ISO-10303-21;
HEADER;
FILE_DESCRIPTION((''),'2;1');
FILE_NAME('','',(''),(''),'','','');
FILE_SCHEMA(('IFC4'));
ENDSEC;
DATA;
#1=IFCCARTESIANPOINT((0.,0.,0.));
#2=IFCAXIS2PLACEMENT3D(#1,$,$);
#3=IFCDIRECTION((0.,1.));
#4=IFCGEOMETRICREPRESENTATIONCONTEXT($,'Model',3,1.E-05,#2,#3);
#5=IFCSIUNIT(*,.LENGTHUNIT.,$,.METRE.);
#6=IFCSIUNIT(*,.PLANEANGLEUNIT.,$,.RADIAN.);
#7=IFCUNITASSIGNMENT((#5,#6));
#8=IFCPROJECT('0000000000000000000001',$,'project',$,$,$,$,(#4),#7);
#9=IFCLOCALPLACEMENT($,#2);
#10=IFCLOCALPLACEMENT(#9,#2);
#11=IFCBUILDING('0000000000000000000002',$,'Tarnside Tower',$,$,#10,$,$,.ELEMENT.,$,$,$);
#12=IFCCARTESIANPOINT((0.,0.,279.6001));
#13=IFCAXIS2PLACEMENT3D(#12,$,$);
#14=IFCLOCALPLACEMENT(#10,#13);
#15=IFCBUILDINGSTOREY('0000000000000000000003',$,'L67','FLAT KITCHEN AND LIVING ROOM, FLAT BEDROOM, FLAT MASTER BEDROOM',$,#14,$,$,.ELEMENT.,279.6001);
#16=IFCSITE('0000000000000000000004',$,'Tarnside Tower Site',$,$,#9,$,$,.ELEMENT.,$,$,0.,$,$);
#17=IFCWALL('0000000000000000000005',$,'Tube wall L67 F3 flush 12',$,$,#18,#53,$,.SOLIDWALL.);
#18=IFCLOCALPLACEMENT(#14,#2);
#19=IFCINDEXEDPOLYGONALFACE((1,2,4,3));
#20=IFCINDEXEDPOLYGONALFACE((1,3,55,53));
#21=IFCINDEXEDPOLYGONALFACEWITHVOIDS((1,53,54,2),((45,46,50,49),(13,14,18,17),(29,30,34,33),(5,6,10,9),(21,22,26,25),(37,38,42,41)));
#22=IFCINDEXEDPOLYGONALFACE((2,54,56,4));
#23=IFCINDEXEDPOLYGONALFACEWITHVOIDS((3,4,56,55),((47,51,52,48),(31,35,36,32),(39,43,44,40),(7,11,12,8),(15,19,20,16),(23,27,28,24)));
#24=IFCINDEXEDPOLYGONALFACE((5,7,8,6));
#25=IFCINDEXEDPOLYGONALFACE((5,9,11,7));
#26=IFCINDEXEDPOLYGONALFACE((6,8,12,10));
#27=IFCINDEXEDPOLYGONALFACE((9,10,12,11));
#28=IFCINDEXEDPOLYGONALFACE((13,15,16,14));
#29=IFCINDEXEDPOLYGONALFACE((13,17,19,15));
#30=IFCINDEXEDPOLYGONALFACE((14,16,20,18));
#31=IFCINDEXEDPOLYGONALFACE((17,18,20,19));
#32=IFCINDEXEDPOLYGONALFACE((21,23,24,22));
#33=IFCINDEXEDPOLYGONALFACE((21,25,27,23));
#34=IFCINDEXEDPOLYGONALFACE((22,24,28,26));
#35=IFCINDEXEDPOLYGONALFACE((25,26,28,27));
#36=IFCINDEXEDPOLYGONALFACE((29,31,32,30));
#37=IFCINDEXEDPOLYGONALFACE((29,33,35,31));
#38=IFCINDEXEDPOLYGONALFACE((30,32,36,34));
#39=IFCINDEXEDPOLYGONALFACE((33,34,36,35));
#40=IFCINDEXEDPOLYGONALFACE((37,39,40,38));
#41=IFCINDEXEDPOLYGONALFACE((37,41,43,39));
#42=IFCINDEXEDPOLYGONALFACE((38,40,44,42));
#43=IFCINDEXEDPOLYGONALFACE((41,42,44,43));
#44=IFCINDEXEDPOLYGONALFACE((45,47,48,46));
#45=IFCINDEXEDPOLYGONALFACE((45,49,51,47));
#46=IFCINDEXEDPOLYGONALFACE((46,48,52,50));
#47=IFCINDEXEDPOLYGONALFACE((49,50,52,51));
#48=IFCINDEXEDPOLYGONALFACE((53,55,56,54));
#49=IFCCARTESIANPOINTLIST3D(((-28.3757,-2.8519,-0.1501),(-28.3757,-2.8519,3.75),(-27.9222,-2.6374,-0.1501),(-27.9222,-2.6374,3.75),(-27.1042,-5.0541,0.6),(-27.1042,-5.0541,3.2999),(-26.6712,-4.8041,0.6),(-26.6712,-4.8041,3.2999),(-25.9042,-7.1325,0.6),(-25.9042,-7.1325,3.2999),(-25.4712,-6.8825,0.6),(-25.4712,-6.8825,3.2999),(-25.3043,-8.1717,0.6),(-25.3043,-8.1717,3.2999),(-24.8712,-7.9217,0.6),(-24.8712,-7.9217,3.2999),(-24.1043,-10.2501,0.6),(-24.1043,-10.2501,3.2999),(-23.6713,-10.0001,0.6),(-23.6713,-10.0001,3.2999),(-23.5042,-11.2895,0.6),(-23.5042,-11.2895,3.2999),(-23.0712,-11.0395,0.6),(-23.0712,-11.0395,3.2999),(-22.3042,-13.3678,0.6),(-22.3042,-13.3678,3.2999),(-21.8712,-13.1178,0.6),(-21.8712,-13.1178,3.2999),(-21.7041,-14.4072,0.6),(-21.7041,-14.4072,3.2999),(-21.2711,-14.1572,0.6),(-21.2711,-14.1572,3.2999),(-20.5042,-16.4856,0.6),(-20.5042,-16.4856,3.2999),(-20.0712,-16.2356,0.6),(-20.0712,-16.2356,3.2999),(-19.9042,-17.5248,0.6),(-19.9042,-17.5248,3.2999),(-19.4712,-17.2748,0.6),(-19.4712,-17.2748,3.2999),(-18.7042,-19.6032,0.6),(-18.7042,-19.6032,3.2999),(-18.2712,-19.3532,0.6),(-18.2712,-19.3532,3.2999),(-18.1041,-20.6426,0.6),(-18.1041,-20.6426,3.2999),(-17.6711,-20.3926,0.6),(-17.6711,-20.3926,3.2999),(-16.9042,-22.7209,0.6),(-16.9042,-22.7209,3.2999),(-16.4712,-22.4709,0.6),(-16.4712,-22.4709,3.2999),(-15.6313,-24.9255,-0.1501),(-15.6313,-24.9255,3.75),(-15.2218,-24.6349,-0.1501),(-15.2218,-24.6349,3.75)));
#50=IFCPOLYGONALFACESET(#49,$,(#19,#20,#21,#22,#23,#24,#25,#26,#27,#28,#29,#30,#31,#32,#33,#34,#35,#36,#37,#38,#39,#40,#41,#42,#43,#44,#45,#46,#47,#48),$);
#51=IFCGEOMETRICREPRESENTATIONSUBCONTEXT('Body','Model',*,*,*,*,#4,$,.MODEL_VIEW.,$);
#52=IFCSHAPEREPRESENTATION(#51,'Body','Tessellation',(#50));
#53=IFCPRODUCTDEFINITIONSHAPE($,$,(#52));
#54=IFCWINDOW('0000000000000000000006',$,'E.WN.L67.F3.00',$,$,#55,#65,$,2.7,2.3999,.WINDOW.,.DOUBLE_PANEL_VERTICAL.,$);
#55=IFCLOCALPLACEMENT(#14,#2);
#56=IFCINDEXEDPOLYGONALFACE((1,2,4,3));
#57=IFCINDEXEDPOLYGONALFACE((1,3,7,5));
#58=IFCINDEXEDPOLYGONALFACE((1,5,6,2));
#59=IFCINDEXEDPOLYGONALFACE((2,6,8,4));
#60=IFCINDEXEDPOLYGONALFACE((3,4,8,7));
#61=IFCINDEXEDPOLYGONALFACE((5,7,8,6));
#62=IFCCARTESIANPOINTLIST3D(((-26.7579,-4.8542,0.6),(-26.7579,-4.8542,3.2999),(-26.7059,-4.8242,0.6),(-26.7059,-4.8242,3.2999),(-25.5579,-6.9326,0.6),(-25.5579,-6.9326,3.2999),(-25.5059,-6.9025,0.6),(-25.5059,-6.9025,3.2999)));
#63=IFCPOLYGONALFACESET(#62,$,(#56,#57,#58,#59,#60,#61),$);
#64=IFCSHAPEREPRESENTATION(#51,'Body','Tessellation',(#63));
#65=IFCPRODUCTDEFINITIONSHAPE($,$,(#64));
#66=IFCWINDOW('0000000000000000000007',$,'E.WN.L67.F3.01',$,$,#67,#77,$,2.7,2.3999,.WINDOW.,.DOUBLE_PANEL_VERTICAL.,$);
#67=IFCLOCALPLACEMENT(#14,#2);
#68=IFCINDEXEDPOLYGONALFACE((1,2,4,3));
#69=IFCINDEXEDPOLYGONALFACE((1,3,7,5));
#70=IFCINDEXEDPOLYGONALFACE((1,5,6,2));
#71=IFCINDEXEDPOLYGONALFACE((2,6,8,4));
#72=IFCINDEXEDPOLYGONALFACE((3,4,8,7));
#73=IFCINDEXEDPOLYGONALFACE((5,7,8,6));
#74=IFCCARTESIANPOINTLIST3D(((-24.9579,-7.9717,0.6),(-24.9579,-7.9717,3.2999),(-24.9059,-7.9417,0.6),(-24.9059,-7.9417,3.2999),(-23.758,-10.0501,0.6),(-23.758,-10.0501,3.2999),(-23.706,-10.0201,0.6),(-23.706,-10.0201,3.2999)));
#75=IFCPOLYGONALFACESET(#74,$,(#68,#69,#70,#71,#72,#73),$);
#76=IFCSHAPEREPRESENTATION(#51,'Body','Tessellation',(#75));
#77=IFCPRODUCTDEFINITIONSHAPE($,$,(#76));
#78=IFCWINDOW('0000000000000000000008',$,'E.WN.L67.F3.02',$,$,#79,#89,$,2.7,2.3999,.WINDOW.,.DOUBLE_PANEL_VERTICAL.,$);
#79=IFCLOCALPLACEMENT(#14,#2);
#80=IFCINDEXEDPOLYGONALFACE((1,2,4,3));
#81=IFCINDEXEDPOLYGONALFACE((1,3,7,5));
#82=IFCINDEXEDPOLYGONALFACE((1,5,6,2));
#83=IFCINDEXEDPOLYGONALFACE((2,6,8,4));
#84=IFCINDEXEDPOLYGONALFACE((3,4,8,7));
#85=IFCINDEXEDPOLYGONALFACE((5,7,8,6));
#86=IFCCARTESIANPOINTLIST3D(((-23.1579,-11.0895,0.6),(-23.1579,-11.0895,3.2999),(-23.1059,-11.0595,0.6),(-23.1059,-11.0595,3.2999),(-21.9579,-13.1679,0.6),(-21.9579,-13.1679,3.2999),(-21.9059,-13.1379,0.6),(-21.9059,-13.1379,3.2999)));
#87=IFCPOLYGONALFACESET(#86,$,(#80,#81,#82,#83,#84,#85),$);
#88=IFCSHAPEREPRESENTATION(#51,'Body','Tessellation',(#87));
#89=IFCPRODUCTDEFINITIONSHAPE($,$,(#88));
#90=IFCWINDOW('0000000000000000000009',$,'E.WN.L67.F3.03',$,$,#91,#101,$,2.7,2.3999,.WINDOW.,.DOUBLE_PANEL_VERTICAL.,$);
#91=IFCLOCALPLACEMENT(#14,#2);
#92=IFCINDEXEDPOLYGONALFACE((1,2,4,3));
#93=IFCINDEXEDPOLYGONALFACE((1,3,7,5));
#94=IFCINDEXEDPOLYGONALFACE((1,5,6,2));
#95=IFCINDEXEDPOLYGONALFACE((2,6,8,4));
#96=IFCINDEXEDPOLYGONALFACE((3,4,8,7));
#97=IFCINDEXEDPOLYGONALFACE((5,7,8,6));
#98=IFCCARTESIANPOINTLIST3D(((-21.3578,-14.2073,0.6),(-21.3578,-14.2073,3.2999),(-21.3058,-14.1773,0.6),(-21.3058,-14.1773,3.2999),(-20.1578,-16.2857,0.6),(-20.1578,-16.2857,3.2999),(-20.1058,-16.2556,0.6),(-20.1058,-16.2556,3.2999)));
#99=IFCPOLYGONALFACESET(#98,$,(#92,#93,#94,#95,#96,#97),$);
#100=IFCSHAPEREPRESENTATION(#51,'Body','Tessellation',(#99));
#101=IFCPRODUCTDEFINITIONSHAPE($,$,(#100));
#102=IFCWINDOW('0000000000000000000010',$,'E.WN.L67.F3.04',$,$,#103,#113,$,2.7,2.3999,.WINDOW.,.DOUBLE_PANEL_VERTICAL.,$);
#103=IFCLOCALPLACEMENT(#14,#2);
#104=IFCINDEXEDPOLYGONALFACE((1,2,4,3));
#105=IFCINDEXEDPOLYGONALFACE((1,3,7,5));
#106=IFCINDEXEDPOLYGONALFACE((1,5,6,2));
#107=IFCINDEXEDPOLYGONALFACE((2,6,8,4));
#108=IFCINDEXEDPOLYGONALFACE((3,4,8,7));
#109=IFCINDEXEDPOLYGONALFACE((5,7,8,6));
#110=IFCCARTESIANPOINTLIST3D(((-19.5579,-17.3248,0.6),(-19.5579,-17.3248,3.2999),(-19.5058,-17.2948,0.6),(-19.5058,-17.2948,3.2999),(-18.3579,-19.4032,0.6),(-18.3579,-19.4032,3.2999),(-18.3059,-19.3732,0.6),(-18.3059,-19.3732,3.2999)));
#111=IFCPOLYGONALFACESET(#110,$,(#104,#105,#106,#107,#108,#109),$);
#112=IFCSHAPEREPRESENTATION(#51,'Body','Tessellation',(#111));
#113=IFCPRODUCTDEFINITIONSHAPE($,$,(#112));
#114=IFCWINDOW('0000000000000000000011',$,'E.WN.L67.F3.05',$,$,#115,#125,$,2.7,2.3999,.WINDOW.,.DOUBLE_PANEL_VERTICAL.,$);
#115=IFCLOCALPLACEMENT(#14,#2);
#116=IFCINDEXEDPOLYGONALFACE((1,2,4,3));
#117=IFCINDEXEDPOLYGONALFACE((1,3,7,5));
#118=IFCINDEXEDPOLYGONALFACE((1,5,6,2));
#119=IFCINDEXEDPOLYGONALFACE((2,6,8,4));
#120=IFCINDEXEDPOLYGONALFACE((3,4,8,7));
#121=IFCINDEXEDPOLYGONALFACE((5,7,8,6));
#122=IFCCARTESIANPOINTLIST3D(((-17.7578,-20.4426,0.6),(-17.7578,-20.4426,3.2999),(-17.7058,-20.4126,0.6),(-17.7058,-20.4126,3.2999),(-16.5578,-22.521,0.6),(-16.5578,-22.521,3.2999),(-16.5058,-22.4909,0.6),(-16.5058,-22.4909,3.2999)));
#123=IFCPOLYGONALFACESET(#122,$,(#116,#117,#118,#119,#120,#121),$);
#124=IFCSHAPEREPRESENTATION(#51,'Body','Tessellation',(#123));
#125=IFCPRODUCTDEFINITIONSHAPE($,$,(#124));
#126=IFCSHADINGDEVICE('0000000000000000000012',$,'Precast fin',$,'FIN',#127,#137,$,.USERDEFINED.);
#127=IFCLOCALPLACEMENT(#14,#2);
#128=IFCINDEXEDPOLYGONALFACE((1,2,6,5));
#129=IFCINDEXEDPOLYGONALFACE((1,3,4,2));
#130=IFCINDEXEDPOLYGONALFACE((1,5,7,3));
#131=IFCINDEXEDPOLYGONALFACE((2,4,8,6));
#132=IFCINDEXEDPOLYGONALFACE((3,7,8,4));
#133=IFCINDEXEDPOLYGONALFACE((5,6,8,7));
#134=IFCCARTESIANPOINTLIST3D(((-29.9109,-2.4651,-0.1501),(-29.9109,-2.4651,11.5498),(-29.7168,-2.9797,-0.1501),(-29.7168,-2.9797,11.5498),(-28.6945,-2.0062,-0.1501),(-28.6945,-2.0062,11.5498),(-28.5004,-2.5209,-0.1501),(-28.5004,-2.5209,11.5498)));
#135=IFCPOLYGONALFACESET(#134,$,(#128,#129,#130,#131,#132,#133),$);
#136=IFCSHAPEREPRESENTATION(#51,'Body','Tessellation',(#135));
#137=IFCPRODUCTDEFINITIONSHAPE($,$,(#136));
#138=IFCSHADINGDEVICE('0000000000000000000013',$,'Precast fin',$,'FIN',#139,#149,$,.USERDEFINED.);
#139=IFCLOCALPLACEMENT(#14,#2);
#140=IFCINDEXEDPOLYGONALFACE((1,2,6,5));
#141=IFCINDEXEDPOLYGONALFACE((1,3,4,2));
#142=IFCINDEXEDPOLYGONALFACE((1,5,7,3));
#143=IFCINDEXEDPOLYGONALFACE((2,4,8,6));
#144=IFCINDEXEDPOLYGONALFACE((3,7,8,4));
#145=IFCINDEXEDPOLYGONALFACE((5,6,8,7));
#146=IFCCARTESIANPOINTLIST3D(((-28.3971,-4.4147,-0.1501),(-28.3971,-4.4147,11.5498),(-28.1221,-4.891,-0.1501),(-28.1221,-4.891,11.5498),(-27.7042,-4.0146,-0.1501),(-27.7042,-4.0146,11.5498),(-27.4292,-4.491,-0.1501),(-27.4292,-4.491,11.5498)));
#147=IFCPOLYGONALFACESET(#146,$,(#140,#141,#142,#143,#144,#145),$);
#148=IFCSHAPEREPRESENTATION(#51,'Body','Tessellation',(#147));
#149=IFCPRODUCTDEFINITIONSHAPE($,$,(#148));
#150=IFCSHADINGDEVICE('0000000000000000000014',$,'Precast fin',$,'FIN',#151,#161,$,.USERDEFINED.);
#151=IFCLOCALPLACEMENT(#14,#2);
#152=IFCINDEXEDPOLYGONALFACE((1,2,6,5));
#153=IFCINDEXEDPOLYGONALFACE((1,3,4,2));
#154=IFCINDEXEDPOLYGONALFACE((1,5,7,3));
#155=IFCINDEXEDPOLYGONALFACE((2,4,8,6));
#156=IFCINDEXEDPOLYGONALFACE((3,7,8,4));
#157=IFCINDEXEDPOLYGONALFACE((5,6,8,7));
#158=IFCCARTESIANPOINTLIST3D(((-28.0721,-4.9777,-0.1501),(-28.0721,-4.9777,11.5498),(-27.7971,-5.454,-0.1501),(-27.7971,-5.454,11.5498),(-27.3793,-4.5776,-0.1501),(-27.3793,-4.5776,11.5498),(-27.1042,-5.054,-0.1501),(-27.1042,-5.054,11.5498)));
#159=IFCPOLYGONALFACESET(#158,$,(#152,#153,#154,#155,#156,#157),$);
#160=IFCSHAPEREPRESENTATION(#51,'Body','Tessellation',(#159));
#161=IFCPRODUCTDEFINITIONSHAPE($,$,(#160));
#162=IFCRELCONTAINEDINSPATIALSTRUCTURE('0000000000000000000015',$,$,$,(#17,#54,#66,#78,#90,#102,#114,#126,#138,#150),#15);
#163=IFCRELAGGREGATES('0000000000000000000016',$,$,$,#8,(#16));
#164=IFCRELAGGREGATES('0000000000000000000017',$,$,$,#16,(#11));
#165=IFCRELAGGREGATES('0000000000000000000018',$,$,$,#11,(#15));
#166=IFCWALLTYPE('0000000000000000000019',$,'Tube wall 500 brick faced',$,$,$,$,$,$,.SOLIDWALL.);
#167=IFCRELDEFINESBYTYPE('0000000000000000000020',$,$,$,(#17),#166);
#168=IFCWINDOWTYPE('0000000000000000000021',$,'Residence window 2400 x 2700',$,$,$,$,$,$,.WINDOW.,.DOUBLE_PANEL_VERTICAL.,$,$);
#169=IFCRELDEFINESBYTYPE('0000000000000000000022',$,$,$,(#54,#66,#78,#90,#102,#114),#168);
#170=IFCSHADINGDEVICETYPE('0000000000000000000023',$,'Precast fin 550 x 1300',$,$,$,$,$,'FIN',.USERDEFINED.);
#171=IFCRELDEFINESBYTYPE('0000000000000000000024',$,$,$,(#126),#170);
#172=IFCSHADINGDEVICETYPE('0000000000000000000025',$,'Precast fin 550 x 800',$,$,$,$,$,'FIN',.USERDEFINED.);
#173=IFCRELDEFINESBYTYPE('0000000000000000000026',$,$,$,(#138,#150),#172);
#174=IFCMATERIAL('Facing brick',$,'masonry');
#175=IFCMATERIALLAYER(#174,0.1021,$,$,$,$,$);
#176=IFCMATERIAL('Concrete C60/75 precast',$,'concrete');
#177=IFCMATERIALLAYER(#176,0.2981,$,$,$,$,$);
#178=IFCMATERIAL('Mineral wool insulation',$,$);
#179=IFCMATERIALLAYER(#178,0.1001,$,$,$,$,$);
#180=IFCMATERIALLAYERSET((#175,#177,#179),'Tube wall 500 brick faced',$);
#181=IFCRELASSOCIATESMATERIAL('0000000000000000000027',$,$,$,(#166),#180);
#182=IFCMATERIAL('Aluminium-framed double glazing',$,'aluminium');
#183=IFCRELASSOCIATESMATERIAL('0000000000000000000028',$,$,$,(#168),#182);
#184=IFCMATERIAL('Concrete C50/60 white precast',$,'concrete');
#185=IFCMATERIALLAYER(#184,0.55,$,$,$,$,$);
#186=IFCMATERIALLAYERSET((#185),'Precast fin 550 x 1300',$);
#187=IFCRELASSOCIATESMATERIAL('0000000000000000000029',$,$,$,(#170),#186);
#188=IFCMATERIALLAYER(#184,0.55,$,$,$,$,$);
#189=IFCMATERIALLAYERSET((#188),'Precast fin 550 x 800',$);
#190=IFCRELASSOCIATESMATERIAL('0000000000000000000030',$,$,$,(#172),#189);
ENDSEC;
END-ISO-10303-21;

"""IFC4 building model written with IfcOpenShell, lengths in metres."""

from ifc_helpers import new_model, si_unit, direction, frame, frame_2d, origin, place, context, subcontext, project, spatial, polyline, rectangle, outline, extrude, material, layer, layer_set, type_object, element, fill, save


model = new_model("IFC4")

# Units and contexts
model_context = context("Model", 3, precision=1e-05, world=origin(), true_north=direction((0.0, 1.0)))
body_context = subcontext(model_context, "Body", "Model", "MODEL_VIEW")
ifc_project = project(units=[si_unit("LENGTHUNIT", "METRE"), si_unit("PLANEANGLEUNIT", "RADIAN")], contexts=[model_context])

# Site, building, storey
site_placement = place(None, origin())
site = spatial("IfcSite", under=ifc_project, at=site_placement, Name="Tarnside Tower Site", CompositionType="ELEMENT", RefElevation=0.0)
building_placement = place(site_placement, origin())
building = spatial("IfcBuilding", under=site, at=building_placement, Name="Tarnside Tower", CompositionType="ELEMENT")
storey_placement = place(building_placement, frame((0.0, 0.0, 279.6001)))
storey = spatial("IfcBuildingStorey", under=building, at=storey_placement, Name="L67", Description="FLAT KITCHEN AND LIVING ROOM, FLAT BEDROOM, FLAT MASTER BEDROOM", CompositionType="ELEMENT", Elevation=279.6001)

# Shared definitions
ifc_material_1 = material(Name="Facing brick", Category="masonry")
ifc_layer_1 = layer(ifc_material_1, 0.1021)
ifc_material_2 = material(Name="Concrete C60/75 precast", Category="concrete")
ifc_layer_2 = layer(ifc_material_2, 0.2981)
ifc_material_3 = material(Name="Mineral wool insulation")
ifc_layer_3 = layer(ifc_material_3, 0.1001)
ifc_layer_set_1 = layer_set([ifc_layer_1, ifc_layer_2, ifc_layer_3], Name="Tube wall 500 brick faced")
wall_type_1 = type_object("IfcWallType", Name="Tube wall 500 brick faced", PredefinedType="SOLIDWALL", material=ifc_layer_set_1)

# Wall, openings, windows
wall_1_placement = place(storey_placement, frame((-28.1489, -2.7446, -0.1501), z_axis=(0.0, 0.0, 1.0), x_axis=(0.500004, -0.866023, 0.0)))
wall_1 = element("IfcWall", 1, at=wall_1_placement, inside=storey, type_object=wall_type_1, Name="Tube wall L67 F3 flush 12", PredefinedType="SOLIDWALL", context=body_context, shape_type="SweptSolid", body=[
    extrude(outline(polyline([(-0.0205, -0.25), (25.468, -0.25), (25.4211, 0.25), (0.0205, 0.25), (-0.0205, -0.25)])), origin(), (0.0, 0.0, 1.0), 3.9001),
])
opening_1_placement = place(wall_1_placement, frame((2.5225, 0.0, 0.75)))
opening_1 = element("IfcOpeningElement", 2, at=opening_1_placement, cuts=wall_1, PredefinedType="OPENING", context=body_context, shape_type="SweptSolid", body=[
    extrude(rectangle(XDim=2.3999, YDim=2.7, at=frame_2d((1.2, 1.3501))), frame((0.0, 0.26, 0.0), z_axis=(0.0, -1.0, 0.0), x_axis=(1.0, 0.0, 0.0)), (0.0, 0.0, 1.0), 0.52),
])
opening_2_placement = place(wall_1_placement, frame((6.1223, 0.0, 0.75)))
opening_2 = element("IfcOpeningElement", 3, at=opening_2_placement, cuts=wall_1, PredefinedType="OPENING", context=body_context, shape_type="SweptSolid", body=[
    extrude(rectangle(XDim=2.3999, YDim=2.7, at=frame_2d((1.2, 1.3501))), frame((0.0, 0.26, 0.0), z_axis=(0.0, -1.0, 0.0), x_axis=(1.0, 0.0, 0.0)), (0.0, 0.0, 1.0), 0.52),
])
opening_3_placement = place(wall_1_placement, frame((9.7224, 0.0, 0.75)))
opening_3 = element("IfcOpeningElement", 4, at=opening_3_placement, cuts=wall_1, PredefinedType="OPENING", context=body_context, shape_type="SweptSolid", body=[
    extrude(rectangle(XDim=2.3999, YDim=2.7, at=frame_2d((1.2, 1.3501))), frame((0.0, 0.26, 0.0), z_axis=(0.0, -1.0, 0.0), x_axis=(1.0, 0.0, 0.0)), (0.0, 0.0, 1.0), 0.52),
])
opening_4_placement = place(wall_1_placement, frame((13.3225, 0.0, 0.75)))
opening_4 = element("IfcOpeningElement", 5, at=opening_4_placement, cuts=wall_1, PredefinedType="OPENING", context=body_context, shape_type="SweptSolid", body=[
    extrude(rectangle(XDim=2.3999, YDim=2.7, at=frame_2d((1.2, 1.3501))), frame((0.0, 0.26, 0.0), z_axis=(0.0, -1.0, 0.0), x_axis=(1.0, 0.0, 0.0)), (0.0, 0.0, 1.0), 0.52),
])
opening_5_placement = place(wall_1_placement, frame((16.9224, 0.0, 0.75)))
opening_5 = element("IfcOpeningElement", 6, at=opening_5_placement, cuts=wall_1, PredefinedType="OPENING", context=body_context, shape_type="SweptSolid", body=[
    extrude(rectangle(XDim=2.3999, YDim=2.7, at=frame_2d((1.2, 1.3501))), frame((0.0, 0.26, 0.0), z_axis=(0.0, -1.0, 0.0), x_axis=(1.0, 0.0, 0.0)), (0.0, 0.0, 1.0), 0.52),
])
opening_6_placement = place(wall_1_placement, frame((20.5225, 0.0, 0.75)))
opening_6 = element("IfcOpeningElement", 7, at=opening_6_placement, cuts=wall_1, PredefinedType="OPENING", context=body_context, shape_type="SweptSolid", body=[
    extrude(rectangle(XDim=2.3999, YDim=2.7, at=frame_2d((1.2, 1.3501))), frame((0.0, 0.26, 0.0), z_axis=(0.0, -1.0, 0.0), x_axis=(1.0, 0.0, 0.0)), (0.0, 0.0, 1.0), 0.52),
])
ifc_material_4 = material(Name="Aluminium-framed double glazing", Category="aluminium")
window_type = type_object("IfcWindowType", Name="Residence window 2400 x 2700", PartitioningType="DOUBLE_PANEL_VERTICAL", PredefinedType="WINDOW", material=ifc_material_4)
window_1_placement = place(opening_1_placement, frame((0.0, 0.1799, 0.0)))
window_1 = element("IfcWindow", 8, at=window_1_placement, inside=storey, type_object=window_type, Name="E.WN.L67.F3.00", OverallHeight=2.7, OverallWidth=2.3999, PartitioningType="DOUBLE_PANEL_VERTICAL", PredefinedType="WINDOW", context=body_context, shape_type="SweptSolid", body=[
    extrude(rectangle(XDim=2.3999, YDim=2.7, at=frame_2d((1.2, 1.3501))), frame((0.0, 0.03, 0.0), z_axis=(0.0, -1.0, 0.0), x_axis=(1.0, 0.0, 0.0)), (0.0, 0.0, 1.0), 0.0601),
])
fill(opening_1, window_1)
window_2_placement = place(opening_2_placement, frame((0.0, 0.1799, 0.0)))
window_2 = element("IfcWindow", 9, at=window_2_placement, inside=storey, type_object=window_type, Name="E.WN.L67.F3.01", OverallHeight=2.7, OverallWidth=2.3999, PartitioningType="DOUBLE_PANEL_VERTICAL", PredefinedType="WINDOW", context=body_context, shape_type="SweptSolid", body=[
    extrude(rectangle(XDim=2.3999, YDim=2.7, at=frame_2d((1.2, 1.3501))), frame((0.0, 0.03, 0.0), z_axis=(0.0, -1.0, 0.0), x_axis=(1.0, 0.0, 0.0)), (0.0, 0.0, 1.0), 0.0601),
])
fill(opening_2, window_2)
window_3_placement = place(opening_3_placement, frame((0.0, 0.1799, 0.0)))
window_3 = element("IfcWindow", 10, at=window_3_placement, inside=storey, type_object=window_type, Name="E.WN.L67.F3.02", OverallHeight=2.7, OverallWidth=2.3999, PartitioningType="DOUBLE_PANEL_VERTICAL", PredefinedType="WINDOW", context=body_context, shape_type="SweptSolid", body=[
    extrude(rectangle(XDim=2.3999, YDim=2.7, at=frame_2d((1.2, 1.3501))), frame((0.0, 0.03, 0.0), z_axis=(0.0, -1.0, 0.0), x_axis=(1.0, 0.0, 0.0)), (0.0, 0.0, 1.0), 0.0601),
])
fill(opening_3, window_3)
window_4_placement = place(opening_4_placement, frame((0.0, 0.1799, 0.0)))
window_4 = element("IfcWindow", 11, at=window_4_placement, inside=storey, type_object=window_type, Name="E.WN.L67.F3.03", OverallHeight=2.7, OverallWidth=2.3999, PartitioningType="DOUBLE_PANEL_VERTICAL", PredefinedType="WINDOW", context=body_context, shape_type="SweptSolid", body=[
    extrude(rectangle(XDim=2.3999, YDim=2.7, at=frame_2d((1.2, 1.3501))), frame((0.0, 0.03, 0.0), z_axis=(0.0, -1.0, 0.0), x_axis=(1.0, 0.0, 0.0)), (0.0, 0.0, 1.0), 0.0601),
])
fill(opening_4, window_4)
window_5_placement = place(opening_5_placement, frame((0.0, 0.1799, 0.0)))
window_5 = element("IfcWindow", 12, at=window_5_placement, inside=storey, type_object=window_type, Name="E.WN.L67.F3.04", OverallHeight=2.7, OverallWidth=2.3999, PartitioningType="DOUBLE_PANEL_VERTICAL", PredefinedType="WINDOW", context=body_context, shape_type="SweptSolid", body=[
    extrude(rectangle(XDim=2.3999, YDim=2.7, at=frame_2d((1.2, 1.3501))), frame((0.0, 0.03, 0.0), z_axis=(0.0, -1.0, 0.0), x_axis=(1.0, 0.0, 0.0)), (0.0, 0.0, 1.0), 0.0601),
])
fill(opening_5, window_5)
window_6_placement = place(opening_6_placement, frame((0.0, 0.1799, 0.0)))
window_6 = element("IfcWindow", 13, at=window_6_placement, inside=storey, type_object=window_type, Name="E.WN.L67.F3.05", OverallHeight=2.7, OverallWidth=2.3999, PartitioningType="DOUBLE_PANEL_VERTICAL", PredefinedType="WINDOW", context=body_context, shape_type="SweptSolid", body=[
    extrude(rectangle(XDim=2.3999, YDim=2.7, at=frame_2d((1.2, 1.3501))), frame((0.0, 0.03, 0.0), z_axis=(0.0, -1.0, 0.0), x_axis=(1.0, 0.0, 0.0)), (0.0, 0.0, 1.0), 0.0601),
])
fill(opening_6, window_6)

# Shading devices
ifc_material_5 = material(Name="Concrete C50/60 white precast", Category="concrete")
ifc_layer_4 = layer(ifc_material_5, 0.55)
ifc_layer_set_2 = layer_set([ifc_layer_4], Name="Precast fin 550 x 1300")
shading_device_type_1 = type_object("IfcShadingDeviceType", Name="Precast fin 550 x 1300", ElementType="FIN", PredefinedType="USERDEFINED", material=ifc_layer_set_2)
shading_device_placement = place(storey_placement, frame((-28.5974, -2.2637, -0.1501), z_axis=(-0.352931, 0.93565, 0.0), x_axis=(-0.93565, -0.352931, 0.0)))
element("IfcShadingDevice", 14, at=shading_device_placement, inside=storey, type_object=shading_device_type_1, Name="Precast fin", ObjectType="FIN", PredefinedType="USERDEFINED", context=body_context, shape_type="SweptSolid", body=[
    extrude(outline(polyline([(0.0, 0.0), (1.3, 0.0), (1.3, 11.7), (0.0, 11.7), (0.0, 0.0)])), frame((0.0, 0.0, -0.2749)), (0.0, 0.0, 1.0), 0.55),
])
ifc_layer_5 = layer(ifc_material_5, 0.55)
ifc_layer_set_3 = layer_set([ifc_layer_5], Name="Precast fin 550 x 800")
shading_device_type_2 = type_object("IfcShadingDeviceType", Name="Precast fin 550 x 800", ElementType="FIN", PredefinedType="USERDEFINED", material=ifc_layer_set_3)
for number, where, z_axis, x_axis, name in (
    (15, (-27.5667, -4.2529, -0.1501), (-0.5, 0.866025, 0.0), (-0.866025, -0.5, 0.0), "Precast fin"),
    (16, (-27.2417, -4.8159, -0.1501), (-0.5, 0.866025, 0.0), (-0.866025, -0.5, 0.0), "Precast fin"),
):
    element("IfcShadingDevice", number, at=place(storey_placement, frame(where, z_axis=z_axis, x_axis=x_axis)), inside=storey, type_object=shading_device_type_2, Name=name, ObjectType="FIN", PredefinedType="USERDEFINED", context=body_context, shape_type="SweptSolid", body=[
        extrude(outline(polyline([(0.0, 0.0), (0.8, 0.0), (0.8, 11.7), (0.0, 11.7), (0.0, 0.0)])), frame((0.0, 0.0, -0.2749)), (0.0, 0.0, 1.0), 0.55),
    ])

save(model, "model.ifc")
